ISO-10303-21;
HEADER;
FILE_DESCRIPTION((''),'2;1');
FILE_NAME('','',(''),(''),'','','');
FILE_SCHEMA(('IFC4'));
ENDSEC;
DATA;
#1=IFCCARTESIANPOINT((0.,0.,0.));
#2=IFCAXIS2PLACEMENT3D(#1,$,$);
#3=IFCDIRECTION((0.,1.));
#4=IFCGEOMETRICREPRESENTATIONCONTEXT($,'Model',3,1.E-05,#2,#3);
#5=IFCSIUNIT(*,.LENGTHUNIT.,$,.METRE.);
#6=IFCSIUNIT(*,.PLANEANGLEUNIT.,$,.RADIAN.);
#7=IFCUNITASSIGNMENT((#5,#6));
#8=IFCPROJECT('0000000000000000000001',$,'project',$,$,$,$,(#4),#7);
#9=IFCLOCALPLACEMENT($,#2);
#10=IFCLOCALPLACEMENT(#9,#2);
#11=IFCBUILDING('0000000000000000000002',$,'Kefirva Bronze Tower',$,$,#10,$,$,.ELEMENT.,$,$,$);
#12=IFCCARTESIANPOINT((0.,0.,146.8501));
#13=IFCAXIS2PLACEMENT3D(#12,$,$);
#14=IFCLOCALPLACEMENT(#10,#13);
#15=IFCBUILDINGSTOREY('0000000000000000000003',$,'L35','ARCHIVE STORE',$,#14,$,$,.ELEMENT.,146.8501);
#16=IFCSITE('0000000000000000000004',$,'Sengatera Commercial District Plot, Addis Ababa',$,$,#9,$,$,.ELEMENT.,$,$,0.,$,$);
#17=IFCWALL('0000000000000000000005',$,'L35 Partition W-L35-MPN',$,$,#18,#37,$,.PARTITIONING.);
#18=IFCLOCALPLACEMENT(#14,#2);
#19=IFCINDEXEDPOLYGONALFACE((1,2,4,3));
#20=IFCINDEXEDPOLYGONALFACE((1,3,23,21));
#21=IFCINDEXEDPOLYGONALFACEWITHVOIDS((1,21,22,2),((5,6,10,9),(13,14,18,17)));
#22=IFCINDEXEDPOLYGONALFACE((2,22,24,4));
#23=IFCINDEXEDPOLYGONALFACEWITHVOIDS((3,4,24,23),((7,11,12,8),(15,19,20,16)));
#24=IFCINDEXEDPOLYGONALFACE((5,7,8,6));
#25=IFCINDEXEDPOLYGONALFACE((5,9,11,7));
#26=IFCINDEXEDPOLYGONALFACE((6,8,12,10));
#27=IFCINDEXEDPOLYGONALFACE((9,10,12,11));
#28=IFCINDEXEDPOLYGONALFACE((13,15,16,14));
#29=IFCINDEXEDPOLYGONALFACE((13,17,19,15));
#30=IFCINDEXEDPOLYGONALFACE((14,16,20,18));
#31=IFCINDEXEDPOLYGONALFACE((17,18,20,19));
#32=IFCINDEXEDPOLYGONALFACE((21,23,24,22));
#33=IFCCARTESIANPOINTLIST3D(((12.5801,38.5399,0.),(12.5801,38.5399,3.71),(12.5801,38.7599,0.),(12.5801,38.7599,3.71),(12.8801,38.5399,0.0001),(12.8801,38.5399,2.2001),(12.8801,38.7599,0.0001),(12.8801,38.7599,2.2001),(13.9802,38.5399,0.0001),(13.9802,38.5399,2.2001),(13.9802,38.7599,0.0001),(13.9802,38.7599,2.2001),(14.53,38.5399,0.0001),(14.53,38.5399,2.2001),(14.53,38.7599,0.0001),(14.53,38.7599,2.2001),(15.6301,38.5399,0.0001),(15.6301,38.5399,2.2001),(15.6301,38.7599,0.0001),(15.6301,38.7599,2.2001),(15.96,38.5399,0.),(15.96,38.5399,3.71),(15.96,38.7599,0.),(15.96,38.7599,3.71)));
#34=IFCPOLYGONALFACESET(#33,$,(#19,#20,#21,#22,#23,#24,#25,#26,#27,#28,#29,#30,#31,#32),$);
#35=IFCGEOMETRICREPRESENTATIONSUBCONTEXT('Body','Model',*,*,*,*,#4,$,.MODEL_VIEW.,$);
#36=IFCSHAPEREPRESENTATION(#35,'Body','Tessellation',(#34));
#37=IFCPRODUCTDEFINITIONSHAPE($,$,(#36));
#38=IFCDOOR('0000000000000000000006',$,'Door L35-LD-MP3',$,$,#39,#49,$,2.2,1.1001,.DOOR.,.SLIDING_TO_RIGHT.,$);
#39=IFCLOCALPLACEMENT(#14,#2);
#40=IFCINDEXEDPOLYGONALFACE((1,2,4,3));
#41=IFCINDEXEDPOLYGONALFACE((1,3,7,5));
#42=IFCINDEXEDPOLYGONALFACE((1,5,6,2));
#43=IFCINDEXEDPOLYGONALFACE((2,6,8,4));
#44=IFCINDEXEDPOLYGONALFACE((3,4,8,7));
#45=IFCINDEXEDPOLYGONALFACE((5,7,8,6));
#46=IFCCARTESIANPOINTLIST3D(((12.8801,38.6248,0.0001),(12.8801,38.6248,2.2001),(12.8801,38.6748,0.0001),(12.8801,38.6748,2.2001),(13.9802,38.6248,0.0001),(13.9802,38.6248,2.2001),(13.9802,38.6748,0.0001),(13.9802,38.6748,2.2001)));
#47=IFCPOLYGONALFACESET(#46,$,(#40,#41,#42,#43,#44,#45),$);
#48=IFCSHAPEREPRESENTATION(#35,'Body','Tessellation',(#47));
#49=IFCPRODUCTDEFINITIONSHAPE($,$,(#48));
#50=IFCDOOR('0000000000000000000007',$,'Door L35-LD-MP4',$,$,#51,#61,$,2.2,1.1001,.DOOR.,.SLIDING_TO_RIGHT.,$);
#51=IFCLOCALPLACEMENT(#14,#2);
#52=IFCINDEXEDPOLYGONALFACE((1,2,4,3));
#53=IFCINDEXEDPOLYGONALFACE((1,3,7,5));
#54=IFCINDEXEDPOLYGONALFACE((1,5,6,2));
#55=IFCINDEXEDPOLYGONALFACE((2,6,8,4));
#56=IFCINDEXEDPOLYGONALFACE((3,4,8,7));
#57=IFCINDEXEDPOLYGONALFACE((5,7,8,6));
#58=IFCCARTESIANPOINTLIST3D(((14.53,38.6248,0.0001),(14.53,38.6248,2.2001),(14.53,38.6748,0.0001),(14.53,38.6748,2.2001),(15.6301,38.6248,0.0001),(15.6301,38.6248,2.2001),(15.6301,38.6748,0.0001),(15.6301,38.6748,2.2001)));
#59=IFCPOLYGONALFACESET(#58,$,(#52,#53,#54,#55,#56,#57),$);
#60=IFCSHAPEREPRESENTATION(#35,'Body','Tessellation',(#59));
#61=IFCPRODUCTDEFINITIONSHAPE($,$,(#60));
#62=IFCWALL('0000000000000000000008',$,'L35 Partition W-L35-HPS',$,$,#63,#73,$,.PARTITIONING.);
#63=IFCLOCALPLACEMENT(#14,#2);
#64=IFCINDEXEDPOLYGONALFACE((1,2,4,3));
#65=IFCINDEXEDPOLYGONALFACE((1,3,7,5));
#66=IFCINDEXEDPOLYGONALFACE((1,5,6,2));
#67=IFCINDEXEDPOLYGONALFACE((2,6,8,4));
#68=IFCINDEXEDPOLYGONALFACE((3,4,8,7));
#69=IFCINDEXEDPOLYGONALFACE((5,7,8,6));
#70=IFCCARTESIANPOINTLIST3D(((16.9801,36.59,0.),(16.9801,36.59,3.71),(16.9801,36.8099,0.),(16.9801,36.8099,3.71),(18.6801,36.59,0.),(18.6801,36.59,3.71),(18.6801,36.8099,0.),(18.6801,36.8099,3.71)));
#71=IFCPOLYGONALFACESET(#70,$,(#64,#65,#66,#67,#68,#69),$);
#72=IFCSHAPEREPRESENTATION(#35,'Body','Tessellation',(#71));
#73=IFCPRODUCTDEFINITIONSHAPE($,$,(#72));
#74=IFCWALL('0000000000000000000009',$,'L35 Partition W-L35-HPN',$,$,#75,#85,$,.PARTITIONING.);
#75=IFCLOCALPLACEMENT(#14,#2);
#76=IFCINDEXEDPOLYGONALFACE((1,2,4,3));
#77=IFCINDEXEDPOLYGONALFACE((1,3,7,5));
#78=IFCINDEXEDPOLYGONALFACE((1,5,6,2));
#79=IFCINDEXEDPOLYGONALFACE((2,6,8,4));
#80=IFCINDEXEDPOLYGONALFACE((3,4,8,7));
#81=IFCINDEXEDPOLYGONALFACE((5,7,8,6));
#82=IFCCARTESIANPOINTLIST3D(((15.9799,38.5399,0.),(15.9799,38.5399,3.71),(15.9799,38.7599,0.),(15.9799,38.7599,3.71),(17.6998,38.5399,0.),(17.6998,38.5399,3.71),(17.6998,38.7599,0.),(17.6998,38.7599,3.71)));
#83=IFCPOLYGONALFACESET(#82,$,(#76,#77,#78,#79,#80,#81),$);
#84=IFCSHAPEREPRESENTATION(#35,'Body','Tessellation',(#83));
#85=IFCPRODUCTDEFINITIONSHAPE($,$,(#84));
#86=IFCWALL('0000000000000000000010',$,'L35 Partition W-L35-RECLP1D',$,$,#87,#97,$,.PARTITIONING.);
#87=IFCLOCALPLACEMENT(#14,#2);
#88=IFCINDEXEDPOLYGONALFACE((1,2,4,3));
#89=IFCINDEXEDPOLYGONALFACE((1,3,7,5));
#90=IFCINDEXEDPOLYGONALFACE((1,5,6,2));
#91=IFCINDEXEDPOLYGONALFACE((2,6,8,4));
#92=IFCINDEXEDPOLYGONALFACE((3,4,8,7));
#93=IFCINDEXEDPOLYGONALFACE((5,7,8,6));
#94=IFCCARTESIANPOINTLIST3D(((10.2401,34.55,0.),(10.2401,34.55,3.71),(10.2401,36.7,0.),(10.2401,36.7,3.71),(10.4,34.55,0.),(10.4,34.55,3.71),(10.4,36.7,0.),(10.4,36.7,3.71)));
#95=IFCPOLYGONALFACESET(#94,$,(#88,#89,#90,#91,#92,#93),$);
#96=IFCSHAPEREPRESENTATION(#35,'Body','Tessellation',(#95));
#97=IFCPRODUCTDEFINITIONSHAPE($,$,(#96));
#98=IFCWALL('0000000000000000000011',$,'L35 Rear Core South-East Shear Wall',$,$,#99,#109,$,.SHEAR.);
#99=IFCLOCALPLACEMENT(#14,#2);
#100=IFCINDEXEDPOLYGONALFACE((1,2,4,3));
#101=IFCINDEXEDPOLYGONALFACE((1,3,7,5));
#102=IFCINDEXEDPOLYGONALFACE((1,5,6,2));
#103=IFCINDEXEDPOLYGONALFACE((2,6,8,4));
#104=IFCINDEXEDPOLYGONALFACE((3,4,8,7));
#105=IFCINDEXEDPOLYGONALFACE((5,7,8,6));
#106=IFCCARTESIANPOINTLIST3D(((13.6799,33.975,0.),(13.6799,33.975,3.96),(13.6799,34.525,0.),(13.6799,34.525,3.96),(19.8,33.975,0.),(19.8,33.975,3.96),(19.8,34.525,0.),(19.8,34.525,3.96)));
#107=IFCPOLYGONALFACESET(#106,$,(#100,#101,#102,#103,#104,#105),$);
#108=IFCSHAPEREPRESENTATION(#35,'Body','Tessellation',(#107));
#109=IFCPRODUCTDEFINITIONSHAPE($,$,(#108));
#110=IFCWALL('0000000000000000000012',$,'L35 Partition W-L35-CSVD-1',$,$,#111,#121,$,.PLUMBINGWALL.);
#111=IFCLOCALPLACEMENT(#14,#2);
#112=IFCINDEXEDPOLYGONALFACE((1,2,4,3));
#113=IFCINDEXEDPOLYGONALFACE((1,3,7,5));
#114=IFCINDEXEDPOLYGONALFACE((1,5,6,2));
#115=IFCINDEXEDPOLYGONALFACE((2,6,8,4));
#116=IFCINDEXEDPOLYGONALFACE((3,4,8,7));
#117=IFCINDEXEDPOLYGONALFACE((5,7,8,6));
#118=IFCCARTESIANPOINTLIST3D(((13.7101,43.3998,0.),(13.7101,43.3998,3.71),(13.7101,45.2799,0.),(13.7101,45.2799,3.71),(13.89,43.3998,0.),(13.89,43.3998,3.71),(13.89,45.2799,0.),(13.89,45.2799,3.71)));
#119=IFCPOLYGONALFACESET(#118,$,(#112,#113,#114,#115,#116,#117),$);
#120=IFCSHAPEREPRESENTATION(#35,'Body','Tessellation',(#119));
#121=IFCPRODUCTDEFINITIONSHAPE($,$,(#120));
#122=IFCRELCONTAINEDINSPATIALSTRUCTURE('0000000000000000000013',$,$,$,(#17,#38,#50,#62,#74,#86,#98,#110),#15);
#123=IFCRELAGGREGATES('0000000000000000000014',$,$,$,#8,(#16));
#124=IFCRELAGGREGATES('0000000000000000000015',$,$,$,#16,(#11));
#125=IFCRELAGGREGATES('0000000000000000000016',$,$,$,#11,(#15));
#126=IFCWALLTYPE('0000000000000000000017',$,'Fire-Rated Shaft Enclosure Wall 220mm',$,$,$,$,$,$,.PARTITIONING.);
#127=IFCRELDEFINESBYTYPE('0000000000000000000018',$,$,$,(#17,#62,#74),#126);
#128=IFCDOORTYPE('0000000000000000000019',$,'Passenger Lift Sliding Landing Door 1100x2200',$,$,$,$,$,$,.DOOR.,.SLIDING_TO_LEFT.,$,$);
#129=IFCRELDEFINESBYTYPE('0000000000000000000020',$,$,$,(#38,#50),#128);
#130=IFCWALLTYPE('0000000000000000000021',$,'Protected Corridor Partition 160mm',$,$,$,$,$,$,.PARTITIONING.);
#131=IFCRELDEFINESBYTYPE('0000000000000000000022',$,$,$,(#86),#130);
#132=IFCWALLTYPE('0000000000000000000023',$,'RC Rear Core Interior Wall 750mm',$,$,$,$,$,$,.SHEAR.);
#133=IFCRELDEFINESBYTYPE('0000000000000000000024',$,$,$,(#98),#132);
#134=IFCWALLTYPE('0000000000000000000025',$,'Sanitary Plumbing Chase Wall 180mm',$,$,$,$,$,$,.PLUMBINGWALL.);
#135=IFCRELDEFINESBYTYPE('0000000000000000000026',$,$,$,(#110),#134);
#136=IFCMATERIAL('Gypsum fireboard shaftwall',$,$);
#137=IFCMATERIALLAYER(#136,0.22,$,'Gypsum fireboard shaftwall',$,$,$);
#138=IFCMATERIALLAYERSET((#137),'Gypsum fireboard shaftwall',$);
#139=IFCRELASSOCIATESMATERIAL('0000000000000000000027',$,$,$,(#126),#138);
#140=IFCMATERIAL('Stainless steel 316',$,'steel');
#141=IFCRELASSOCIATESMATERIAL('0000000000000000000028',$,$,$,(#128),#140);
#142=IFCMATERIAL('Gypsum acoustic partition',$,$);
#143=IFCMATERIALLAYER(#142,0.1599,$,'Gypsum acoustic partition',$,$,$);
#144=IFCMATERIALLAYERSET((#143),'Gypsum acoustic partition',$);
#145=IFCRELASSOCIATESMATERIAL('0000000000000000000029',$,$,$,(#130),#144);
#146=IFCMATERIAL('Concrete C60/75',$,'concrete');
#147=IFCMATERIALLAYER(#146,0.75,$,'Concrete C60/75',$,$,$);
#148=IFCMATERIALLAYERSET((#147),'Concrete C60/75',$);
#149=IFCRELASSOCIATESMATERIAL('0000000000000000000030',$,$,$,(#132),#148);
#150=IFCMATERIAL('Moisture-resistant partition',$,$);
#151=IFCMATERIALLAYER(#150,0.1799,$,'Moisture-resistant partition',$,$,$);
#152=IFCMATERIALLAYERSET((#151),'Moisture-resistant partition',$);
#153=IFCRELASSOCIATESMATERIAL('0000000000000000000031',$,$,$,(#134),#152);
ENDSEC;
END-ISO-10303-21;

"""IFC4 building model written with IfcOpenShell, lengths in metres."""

from ifc_helpers import new_model, si_unit, direction, frame, frame_2d, origin, place, context, subcontext, project, spatial, rectangle, extrude, material, layer, layer_set, type_object, element, fill, save


model = new_model("IFC4")

# Units and contexts
model_context = context("Model", 3, precision=1e-05, world=origin(), true_north=direction((0.0, 1.0)))
body_context = subcontext(model_context, "Body", "Model", "MODEL_VIEW")
ifc_project = project(units=[si_unit("LENGTHUNIT", "METRE"), si_unit("PLANEANGLEUNIT", "RADIAN")], contexts=[model_context])

# Site, building, storey
site_placement = place(None, origin())
site = spatial("IfcSite", under=ifc_project, at=site_placement, Name="Sengatera Commercial District Plot, Addis Ababa", CompositionType="ELEMENT", RefElevation=0.0)
building_placement = place(site_placement, origin())
building = spatial("IfcBuilding", under=site, at=building_placement, Name="Kefirva Bronze Tower", CompositionType="ELEMENT")
storey_placement = place(building_placement, frame((0.0, 0.0, 146.8501)))
storey = spatial("IfcBuildingStorey", under=building, at=storey_placement, Name="L35", Description="ARCHIVE STORE", CompositionType="ELEMENT", Elevation=146.8501)

# Shared definitions
ifc_material_1 = material(Name="Concrete C60/75", Category="concrete")

# Shared definitions
ifc_material_2 = material(Name="Gypsum fireboard shaftwall")
ifc_layer_1 = layer(ifc_material_2, 0.22, Name="Gypsum fireboard shaftwall")
ifc_layer_set_1 = layer_set([ifc_layer_1], Name="Gypsum fireboard shaftwall")
wall_type_1 = type_object("IfcWallType", Name="Fire-Rated Shaft Enclosure Wall 220mm", PredefinedType="PARTITIONING", material=ifc_layer_set_1)

# Wall, openings, doors
ifc_material_3 = material(Name="Stainless steel 316", Category="steel")
door_type_1 = type_object("IfcDoorType", Name="Passenger Lift Sliding Landing Door 1100x2200", OperationType="SLIDING_TO_LEFT", PredefinedType="DOOR", material=ifc_material_3)
wall_1_placement = place(storey_placement, frame((12.5801, 38.6499, 0.0), z_axis=(0.0, 0.0, 1.0), x_axis=(1.0, 0.0, 0.0)))
wall_1 = element("IfcWall", 1, at=wall_1_placement, inside=storey, type_object=wall_type_1, Name="L35 Partition W-L35-MPN", PredefinedType="PARTITIONING", context=body_context, shape_type="SweptSolid", body=[
    extrude(rectangle(XDim=3.3799, YDim=0.22, at=frame_2d((1.6899, 0.0))), origin(), (0.0, 0.0, 1.0), 3.71),
])
opening_1_placement = place(wall_1_placement, frame((0.3, 0.0, 0.0)))
opening_1 = element("IfcOpeningElement", 2, at=opening_1_placement, cuts=wall_1, PredefinedType="OPENING", context=body_context, shape_type="SweptSolid", body=[
    extrude(rectangle(XDim=1.1001, YDim=2.2, at=frame_2d((0.55, 1.1001))), frame((0.0, 0.1201, 0.0), z_axis=(0.0, -1.0, 0.0), x_axis=(1.0, 0.0, 0.0)), (0.0, 0.0, 1.0), 0.24),
])
opening_2_placement = place(wall_1_placement, frame((1.95, 0.0, 0.0)))
opening_2 = element("IfcOpeningElement", 3, at=opening_2_placement, cuts=wall_1, PredefinedType="OPENING", context=body_context, shape_type="SweptSolid", body=[
    extrude(rectangle(XDim=1.1001, YDim=2.2, at=frame_2d((0.55, 1.1001))), frame((0.0, 0.1201, 0.0), z_axis=(0.0, -1.0, 0.0), x_axis=(1.0, 0.0, 0.0)), (0.0, 0.0, 1.0), 0.24),
])
door_1_placement = place(opening_1_placement, origin())
door_1 = element("IfcDoor", 4, at=door_1_placement, inside=storey, type_object=door_type_1, Name="Door L35-LD-MP3", OperationType="SLIDING_TO_RIGHT", OverallHeight=2.2, OverallWidth=1.1001, PredefinedType="DOOR", context=body_context, shape_type="SweptSolid", body=[
    extrude(rectangle(XDim=1.1001, YDim=2.2, at=frame_2d((0.55, 1.1001))), frame((0.0, 0.0249, 0.0), z_axis=(0.0, -1.0, 0.0), x_axis=(1.0, 0.0, 0.0)), (0.0, 0.0, 1.0), 0.05),
])
fill(opening_1, door_1)
door_2_placement = place(opening_2_placement, origin())
door_2 = element("IfcDoor", 5, at=door_2_placement, inside=storey, type_object=door_type_1, Name="Door L35-LD-MP4", OperationType="SLIDING_TO_RIGHT", OverallHeight=2.2, OverallWidth=1.1001, PredefinedType="DOOR", context=body_context, shape_type="SweptSolid", body=[
    extrude(rectangle(XDim=1.1001, YDim=2.2, at=frame_2d((0.55, 1.1001))), frame((0.0, 0.0249, 0.0), z_axis=(0.0, -1.0, 0.0), x_axis=(1.0, 0.0, 0.0)), (0.0, 0.0, 1.0), 0.05),
])
fill(opening_2, door_2)

# Walls
wall_2_placement = place(storey_placement, frame((16.98, 36.7, 0.0), z_axis=(0.0, 0.0, 1.0), x_axis=(1.0, 0.0, 0.0)))
element("IfcWall", 6, at=wall_2_placement, inside=storey, type_object=wall_type_1, Name="L35 Partition W-L35-HPS", PredefinedType="PARTITIONING", context=body_context, shape_type="SweptSolid", body=[
    extrude(rectangle(XDim=1.7, YDim=0.22, at=frame_2d((0.8501, 0.0))), origin(), (0.0, 0.0, 1.0), 3.71),
])
wall_3_placement = place(storey_placement, frame((15.98, 38.6499, 0.0), z_axis=(0.0, 0.0, 1.0), x_axis=(1.0, 0.0, 0.0)))
element("IfcWall", 7, at=wall_3_placement, inside=storey, type_object=wall_type_1, Name="L35 Partition W-L35-HPN", PredefinedType="PARTITIONING", context=body_context, shape_type="SweptSolid", body=[
    extrude(rectangle(XDim=1.72, YDim=0.22, at=frame_2d((0.8599, 0.0))), origin(), (0.0, 0.0, 1.0), 3.71),
])
ifc_material_4 = material(Name="Gypsum acoustic partition")
ifc_layer_2 = layer(ifc_material_4, 0.1599, Name="Gypsum acoustic partition")
ifc_layer_set_2 = layer_set([ifc_layer_2], Name="Gypsum acoustic partition")
wall_type_2 = type_object("IfcWallType", Name="Protected Corridor Partition 160mm", PredefinedType="PARTITIONING", material=ifc_layer_set_2)
wall_4_placement = place(storey_placement, frame((10.3201, 34.55, 0.0), z_axis=(0.0, 0.0, 1.0), x_axis=(0.0, 1.0, 0.0)))
element("IfcWall", 8, at=wall_4_placement, inside=storey, type_object=wall_type_2, Name="L35 Partition W-L35-RECLP1D", PredefinedType="PARTITIONING", context=body_context, shape_type="SweptSolid", body=[
    extrude(rectangle(XDim=2.1499, YDim=0.1599, at=frame_2d((1.075, 0.0))), origin(), (0.0, 0.0, 1.0), 3.71),
])

# Walls
ifc_layer_3 = layer(ifc_material_1, 0.75, Name="Concrete C60/75")
ifc_layer_set_3 = layer_set([ifc_layer_3], Name="Concrete C60/75")
wall_type_3 = type_object("IfcWallType", Name="RC Rear Core Interior Wall 750mm", PredefinedType="SHEAR", material=ifc_layer_set_3)
wall_5_placement = place(storey_placement, frame((13.6799, 34.25, 0.0), z_axis=(0.0, 0.0, 1.0), x_axis=(1.0, 0.0, 0.0)))
element("IfcWall", 9, at=wall_5_placement, inside=storey, type_object=wall_type_3, Name="L35 Rear Core South-East Shear Wall", PredefinedType="SHEAR", context=body_context, shape_type="SweptSolid", body=[
    extrude(rectangle(XDim=6.1201, YDim=0.55, at=frame_2d((3.0601, 0.0))), origin(), (0.0, 0.0, 1.0), 3.96),
])
ifc_material_5 = material(Name="Moisture-resistant partition")
ifc_layer_4 = layer(ifc_material_5, 0.1799, Name="Moisture-resistant partition")
ifc_layer_set_4 = layer_set([ifc_layer_4], Name="Moisture-resistant partition")
wall_type_4 = type_object("IfcWallType", Name="Sanitary Plumbing Chase Wall 180mm", PredefinedType="PLUMBINGWALL", material=ifc_layer_set_4)
wall_6_placement = place(storey_placement, frame((13.8, 43.3999, 0.0), z_axis=(0.0, 0.0, 1.0), x_axis=(0.0, 1.0, 0.0)))
element("IfcWall", 10, at=wall_6_placement, inside=storey, type_object=wall_type_4, Name="L35 Partition W-L35-CSVD-1", PredefinedType="PLUMBINGWALL", context=body_context, shape_type="SweptSolid", body=[
    extrude(rectangle(XDim=1.8801, YDim=0.1799, at=frame_2d((0.9399, 0.0))), origin(), (0.0, 0.0, 1.0), 3.71),
])

save(model, "model.ifc")
